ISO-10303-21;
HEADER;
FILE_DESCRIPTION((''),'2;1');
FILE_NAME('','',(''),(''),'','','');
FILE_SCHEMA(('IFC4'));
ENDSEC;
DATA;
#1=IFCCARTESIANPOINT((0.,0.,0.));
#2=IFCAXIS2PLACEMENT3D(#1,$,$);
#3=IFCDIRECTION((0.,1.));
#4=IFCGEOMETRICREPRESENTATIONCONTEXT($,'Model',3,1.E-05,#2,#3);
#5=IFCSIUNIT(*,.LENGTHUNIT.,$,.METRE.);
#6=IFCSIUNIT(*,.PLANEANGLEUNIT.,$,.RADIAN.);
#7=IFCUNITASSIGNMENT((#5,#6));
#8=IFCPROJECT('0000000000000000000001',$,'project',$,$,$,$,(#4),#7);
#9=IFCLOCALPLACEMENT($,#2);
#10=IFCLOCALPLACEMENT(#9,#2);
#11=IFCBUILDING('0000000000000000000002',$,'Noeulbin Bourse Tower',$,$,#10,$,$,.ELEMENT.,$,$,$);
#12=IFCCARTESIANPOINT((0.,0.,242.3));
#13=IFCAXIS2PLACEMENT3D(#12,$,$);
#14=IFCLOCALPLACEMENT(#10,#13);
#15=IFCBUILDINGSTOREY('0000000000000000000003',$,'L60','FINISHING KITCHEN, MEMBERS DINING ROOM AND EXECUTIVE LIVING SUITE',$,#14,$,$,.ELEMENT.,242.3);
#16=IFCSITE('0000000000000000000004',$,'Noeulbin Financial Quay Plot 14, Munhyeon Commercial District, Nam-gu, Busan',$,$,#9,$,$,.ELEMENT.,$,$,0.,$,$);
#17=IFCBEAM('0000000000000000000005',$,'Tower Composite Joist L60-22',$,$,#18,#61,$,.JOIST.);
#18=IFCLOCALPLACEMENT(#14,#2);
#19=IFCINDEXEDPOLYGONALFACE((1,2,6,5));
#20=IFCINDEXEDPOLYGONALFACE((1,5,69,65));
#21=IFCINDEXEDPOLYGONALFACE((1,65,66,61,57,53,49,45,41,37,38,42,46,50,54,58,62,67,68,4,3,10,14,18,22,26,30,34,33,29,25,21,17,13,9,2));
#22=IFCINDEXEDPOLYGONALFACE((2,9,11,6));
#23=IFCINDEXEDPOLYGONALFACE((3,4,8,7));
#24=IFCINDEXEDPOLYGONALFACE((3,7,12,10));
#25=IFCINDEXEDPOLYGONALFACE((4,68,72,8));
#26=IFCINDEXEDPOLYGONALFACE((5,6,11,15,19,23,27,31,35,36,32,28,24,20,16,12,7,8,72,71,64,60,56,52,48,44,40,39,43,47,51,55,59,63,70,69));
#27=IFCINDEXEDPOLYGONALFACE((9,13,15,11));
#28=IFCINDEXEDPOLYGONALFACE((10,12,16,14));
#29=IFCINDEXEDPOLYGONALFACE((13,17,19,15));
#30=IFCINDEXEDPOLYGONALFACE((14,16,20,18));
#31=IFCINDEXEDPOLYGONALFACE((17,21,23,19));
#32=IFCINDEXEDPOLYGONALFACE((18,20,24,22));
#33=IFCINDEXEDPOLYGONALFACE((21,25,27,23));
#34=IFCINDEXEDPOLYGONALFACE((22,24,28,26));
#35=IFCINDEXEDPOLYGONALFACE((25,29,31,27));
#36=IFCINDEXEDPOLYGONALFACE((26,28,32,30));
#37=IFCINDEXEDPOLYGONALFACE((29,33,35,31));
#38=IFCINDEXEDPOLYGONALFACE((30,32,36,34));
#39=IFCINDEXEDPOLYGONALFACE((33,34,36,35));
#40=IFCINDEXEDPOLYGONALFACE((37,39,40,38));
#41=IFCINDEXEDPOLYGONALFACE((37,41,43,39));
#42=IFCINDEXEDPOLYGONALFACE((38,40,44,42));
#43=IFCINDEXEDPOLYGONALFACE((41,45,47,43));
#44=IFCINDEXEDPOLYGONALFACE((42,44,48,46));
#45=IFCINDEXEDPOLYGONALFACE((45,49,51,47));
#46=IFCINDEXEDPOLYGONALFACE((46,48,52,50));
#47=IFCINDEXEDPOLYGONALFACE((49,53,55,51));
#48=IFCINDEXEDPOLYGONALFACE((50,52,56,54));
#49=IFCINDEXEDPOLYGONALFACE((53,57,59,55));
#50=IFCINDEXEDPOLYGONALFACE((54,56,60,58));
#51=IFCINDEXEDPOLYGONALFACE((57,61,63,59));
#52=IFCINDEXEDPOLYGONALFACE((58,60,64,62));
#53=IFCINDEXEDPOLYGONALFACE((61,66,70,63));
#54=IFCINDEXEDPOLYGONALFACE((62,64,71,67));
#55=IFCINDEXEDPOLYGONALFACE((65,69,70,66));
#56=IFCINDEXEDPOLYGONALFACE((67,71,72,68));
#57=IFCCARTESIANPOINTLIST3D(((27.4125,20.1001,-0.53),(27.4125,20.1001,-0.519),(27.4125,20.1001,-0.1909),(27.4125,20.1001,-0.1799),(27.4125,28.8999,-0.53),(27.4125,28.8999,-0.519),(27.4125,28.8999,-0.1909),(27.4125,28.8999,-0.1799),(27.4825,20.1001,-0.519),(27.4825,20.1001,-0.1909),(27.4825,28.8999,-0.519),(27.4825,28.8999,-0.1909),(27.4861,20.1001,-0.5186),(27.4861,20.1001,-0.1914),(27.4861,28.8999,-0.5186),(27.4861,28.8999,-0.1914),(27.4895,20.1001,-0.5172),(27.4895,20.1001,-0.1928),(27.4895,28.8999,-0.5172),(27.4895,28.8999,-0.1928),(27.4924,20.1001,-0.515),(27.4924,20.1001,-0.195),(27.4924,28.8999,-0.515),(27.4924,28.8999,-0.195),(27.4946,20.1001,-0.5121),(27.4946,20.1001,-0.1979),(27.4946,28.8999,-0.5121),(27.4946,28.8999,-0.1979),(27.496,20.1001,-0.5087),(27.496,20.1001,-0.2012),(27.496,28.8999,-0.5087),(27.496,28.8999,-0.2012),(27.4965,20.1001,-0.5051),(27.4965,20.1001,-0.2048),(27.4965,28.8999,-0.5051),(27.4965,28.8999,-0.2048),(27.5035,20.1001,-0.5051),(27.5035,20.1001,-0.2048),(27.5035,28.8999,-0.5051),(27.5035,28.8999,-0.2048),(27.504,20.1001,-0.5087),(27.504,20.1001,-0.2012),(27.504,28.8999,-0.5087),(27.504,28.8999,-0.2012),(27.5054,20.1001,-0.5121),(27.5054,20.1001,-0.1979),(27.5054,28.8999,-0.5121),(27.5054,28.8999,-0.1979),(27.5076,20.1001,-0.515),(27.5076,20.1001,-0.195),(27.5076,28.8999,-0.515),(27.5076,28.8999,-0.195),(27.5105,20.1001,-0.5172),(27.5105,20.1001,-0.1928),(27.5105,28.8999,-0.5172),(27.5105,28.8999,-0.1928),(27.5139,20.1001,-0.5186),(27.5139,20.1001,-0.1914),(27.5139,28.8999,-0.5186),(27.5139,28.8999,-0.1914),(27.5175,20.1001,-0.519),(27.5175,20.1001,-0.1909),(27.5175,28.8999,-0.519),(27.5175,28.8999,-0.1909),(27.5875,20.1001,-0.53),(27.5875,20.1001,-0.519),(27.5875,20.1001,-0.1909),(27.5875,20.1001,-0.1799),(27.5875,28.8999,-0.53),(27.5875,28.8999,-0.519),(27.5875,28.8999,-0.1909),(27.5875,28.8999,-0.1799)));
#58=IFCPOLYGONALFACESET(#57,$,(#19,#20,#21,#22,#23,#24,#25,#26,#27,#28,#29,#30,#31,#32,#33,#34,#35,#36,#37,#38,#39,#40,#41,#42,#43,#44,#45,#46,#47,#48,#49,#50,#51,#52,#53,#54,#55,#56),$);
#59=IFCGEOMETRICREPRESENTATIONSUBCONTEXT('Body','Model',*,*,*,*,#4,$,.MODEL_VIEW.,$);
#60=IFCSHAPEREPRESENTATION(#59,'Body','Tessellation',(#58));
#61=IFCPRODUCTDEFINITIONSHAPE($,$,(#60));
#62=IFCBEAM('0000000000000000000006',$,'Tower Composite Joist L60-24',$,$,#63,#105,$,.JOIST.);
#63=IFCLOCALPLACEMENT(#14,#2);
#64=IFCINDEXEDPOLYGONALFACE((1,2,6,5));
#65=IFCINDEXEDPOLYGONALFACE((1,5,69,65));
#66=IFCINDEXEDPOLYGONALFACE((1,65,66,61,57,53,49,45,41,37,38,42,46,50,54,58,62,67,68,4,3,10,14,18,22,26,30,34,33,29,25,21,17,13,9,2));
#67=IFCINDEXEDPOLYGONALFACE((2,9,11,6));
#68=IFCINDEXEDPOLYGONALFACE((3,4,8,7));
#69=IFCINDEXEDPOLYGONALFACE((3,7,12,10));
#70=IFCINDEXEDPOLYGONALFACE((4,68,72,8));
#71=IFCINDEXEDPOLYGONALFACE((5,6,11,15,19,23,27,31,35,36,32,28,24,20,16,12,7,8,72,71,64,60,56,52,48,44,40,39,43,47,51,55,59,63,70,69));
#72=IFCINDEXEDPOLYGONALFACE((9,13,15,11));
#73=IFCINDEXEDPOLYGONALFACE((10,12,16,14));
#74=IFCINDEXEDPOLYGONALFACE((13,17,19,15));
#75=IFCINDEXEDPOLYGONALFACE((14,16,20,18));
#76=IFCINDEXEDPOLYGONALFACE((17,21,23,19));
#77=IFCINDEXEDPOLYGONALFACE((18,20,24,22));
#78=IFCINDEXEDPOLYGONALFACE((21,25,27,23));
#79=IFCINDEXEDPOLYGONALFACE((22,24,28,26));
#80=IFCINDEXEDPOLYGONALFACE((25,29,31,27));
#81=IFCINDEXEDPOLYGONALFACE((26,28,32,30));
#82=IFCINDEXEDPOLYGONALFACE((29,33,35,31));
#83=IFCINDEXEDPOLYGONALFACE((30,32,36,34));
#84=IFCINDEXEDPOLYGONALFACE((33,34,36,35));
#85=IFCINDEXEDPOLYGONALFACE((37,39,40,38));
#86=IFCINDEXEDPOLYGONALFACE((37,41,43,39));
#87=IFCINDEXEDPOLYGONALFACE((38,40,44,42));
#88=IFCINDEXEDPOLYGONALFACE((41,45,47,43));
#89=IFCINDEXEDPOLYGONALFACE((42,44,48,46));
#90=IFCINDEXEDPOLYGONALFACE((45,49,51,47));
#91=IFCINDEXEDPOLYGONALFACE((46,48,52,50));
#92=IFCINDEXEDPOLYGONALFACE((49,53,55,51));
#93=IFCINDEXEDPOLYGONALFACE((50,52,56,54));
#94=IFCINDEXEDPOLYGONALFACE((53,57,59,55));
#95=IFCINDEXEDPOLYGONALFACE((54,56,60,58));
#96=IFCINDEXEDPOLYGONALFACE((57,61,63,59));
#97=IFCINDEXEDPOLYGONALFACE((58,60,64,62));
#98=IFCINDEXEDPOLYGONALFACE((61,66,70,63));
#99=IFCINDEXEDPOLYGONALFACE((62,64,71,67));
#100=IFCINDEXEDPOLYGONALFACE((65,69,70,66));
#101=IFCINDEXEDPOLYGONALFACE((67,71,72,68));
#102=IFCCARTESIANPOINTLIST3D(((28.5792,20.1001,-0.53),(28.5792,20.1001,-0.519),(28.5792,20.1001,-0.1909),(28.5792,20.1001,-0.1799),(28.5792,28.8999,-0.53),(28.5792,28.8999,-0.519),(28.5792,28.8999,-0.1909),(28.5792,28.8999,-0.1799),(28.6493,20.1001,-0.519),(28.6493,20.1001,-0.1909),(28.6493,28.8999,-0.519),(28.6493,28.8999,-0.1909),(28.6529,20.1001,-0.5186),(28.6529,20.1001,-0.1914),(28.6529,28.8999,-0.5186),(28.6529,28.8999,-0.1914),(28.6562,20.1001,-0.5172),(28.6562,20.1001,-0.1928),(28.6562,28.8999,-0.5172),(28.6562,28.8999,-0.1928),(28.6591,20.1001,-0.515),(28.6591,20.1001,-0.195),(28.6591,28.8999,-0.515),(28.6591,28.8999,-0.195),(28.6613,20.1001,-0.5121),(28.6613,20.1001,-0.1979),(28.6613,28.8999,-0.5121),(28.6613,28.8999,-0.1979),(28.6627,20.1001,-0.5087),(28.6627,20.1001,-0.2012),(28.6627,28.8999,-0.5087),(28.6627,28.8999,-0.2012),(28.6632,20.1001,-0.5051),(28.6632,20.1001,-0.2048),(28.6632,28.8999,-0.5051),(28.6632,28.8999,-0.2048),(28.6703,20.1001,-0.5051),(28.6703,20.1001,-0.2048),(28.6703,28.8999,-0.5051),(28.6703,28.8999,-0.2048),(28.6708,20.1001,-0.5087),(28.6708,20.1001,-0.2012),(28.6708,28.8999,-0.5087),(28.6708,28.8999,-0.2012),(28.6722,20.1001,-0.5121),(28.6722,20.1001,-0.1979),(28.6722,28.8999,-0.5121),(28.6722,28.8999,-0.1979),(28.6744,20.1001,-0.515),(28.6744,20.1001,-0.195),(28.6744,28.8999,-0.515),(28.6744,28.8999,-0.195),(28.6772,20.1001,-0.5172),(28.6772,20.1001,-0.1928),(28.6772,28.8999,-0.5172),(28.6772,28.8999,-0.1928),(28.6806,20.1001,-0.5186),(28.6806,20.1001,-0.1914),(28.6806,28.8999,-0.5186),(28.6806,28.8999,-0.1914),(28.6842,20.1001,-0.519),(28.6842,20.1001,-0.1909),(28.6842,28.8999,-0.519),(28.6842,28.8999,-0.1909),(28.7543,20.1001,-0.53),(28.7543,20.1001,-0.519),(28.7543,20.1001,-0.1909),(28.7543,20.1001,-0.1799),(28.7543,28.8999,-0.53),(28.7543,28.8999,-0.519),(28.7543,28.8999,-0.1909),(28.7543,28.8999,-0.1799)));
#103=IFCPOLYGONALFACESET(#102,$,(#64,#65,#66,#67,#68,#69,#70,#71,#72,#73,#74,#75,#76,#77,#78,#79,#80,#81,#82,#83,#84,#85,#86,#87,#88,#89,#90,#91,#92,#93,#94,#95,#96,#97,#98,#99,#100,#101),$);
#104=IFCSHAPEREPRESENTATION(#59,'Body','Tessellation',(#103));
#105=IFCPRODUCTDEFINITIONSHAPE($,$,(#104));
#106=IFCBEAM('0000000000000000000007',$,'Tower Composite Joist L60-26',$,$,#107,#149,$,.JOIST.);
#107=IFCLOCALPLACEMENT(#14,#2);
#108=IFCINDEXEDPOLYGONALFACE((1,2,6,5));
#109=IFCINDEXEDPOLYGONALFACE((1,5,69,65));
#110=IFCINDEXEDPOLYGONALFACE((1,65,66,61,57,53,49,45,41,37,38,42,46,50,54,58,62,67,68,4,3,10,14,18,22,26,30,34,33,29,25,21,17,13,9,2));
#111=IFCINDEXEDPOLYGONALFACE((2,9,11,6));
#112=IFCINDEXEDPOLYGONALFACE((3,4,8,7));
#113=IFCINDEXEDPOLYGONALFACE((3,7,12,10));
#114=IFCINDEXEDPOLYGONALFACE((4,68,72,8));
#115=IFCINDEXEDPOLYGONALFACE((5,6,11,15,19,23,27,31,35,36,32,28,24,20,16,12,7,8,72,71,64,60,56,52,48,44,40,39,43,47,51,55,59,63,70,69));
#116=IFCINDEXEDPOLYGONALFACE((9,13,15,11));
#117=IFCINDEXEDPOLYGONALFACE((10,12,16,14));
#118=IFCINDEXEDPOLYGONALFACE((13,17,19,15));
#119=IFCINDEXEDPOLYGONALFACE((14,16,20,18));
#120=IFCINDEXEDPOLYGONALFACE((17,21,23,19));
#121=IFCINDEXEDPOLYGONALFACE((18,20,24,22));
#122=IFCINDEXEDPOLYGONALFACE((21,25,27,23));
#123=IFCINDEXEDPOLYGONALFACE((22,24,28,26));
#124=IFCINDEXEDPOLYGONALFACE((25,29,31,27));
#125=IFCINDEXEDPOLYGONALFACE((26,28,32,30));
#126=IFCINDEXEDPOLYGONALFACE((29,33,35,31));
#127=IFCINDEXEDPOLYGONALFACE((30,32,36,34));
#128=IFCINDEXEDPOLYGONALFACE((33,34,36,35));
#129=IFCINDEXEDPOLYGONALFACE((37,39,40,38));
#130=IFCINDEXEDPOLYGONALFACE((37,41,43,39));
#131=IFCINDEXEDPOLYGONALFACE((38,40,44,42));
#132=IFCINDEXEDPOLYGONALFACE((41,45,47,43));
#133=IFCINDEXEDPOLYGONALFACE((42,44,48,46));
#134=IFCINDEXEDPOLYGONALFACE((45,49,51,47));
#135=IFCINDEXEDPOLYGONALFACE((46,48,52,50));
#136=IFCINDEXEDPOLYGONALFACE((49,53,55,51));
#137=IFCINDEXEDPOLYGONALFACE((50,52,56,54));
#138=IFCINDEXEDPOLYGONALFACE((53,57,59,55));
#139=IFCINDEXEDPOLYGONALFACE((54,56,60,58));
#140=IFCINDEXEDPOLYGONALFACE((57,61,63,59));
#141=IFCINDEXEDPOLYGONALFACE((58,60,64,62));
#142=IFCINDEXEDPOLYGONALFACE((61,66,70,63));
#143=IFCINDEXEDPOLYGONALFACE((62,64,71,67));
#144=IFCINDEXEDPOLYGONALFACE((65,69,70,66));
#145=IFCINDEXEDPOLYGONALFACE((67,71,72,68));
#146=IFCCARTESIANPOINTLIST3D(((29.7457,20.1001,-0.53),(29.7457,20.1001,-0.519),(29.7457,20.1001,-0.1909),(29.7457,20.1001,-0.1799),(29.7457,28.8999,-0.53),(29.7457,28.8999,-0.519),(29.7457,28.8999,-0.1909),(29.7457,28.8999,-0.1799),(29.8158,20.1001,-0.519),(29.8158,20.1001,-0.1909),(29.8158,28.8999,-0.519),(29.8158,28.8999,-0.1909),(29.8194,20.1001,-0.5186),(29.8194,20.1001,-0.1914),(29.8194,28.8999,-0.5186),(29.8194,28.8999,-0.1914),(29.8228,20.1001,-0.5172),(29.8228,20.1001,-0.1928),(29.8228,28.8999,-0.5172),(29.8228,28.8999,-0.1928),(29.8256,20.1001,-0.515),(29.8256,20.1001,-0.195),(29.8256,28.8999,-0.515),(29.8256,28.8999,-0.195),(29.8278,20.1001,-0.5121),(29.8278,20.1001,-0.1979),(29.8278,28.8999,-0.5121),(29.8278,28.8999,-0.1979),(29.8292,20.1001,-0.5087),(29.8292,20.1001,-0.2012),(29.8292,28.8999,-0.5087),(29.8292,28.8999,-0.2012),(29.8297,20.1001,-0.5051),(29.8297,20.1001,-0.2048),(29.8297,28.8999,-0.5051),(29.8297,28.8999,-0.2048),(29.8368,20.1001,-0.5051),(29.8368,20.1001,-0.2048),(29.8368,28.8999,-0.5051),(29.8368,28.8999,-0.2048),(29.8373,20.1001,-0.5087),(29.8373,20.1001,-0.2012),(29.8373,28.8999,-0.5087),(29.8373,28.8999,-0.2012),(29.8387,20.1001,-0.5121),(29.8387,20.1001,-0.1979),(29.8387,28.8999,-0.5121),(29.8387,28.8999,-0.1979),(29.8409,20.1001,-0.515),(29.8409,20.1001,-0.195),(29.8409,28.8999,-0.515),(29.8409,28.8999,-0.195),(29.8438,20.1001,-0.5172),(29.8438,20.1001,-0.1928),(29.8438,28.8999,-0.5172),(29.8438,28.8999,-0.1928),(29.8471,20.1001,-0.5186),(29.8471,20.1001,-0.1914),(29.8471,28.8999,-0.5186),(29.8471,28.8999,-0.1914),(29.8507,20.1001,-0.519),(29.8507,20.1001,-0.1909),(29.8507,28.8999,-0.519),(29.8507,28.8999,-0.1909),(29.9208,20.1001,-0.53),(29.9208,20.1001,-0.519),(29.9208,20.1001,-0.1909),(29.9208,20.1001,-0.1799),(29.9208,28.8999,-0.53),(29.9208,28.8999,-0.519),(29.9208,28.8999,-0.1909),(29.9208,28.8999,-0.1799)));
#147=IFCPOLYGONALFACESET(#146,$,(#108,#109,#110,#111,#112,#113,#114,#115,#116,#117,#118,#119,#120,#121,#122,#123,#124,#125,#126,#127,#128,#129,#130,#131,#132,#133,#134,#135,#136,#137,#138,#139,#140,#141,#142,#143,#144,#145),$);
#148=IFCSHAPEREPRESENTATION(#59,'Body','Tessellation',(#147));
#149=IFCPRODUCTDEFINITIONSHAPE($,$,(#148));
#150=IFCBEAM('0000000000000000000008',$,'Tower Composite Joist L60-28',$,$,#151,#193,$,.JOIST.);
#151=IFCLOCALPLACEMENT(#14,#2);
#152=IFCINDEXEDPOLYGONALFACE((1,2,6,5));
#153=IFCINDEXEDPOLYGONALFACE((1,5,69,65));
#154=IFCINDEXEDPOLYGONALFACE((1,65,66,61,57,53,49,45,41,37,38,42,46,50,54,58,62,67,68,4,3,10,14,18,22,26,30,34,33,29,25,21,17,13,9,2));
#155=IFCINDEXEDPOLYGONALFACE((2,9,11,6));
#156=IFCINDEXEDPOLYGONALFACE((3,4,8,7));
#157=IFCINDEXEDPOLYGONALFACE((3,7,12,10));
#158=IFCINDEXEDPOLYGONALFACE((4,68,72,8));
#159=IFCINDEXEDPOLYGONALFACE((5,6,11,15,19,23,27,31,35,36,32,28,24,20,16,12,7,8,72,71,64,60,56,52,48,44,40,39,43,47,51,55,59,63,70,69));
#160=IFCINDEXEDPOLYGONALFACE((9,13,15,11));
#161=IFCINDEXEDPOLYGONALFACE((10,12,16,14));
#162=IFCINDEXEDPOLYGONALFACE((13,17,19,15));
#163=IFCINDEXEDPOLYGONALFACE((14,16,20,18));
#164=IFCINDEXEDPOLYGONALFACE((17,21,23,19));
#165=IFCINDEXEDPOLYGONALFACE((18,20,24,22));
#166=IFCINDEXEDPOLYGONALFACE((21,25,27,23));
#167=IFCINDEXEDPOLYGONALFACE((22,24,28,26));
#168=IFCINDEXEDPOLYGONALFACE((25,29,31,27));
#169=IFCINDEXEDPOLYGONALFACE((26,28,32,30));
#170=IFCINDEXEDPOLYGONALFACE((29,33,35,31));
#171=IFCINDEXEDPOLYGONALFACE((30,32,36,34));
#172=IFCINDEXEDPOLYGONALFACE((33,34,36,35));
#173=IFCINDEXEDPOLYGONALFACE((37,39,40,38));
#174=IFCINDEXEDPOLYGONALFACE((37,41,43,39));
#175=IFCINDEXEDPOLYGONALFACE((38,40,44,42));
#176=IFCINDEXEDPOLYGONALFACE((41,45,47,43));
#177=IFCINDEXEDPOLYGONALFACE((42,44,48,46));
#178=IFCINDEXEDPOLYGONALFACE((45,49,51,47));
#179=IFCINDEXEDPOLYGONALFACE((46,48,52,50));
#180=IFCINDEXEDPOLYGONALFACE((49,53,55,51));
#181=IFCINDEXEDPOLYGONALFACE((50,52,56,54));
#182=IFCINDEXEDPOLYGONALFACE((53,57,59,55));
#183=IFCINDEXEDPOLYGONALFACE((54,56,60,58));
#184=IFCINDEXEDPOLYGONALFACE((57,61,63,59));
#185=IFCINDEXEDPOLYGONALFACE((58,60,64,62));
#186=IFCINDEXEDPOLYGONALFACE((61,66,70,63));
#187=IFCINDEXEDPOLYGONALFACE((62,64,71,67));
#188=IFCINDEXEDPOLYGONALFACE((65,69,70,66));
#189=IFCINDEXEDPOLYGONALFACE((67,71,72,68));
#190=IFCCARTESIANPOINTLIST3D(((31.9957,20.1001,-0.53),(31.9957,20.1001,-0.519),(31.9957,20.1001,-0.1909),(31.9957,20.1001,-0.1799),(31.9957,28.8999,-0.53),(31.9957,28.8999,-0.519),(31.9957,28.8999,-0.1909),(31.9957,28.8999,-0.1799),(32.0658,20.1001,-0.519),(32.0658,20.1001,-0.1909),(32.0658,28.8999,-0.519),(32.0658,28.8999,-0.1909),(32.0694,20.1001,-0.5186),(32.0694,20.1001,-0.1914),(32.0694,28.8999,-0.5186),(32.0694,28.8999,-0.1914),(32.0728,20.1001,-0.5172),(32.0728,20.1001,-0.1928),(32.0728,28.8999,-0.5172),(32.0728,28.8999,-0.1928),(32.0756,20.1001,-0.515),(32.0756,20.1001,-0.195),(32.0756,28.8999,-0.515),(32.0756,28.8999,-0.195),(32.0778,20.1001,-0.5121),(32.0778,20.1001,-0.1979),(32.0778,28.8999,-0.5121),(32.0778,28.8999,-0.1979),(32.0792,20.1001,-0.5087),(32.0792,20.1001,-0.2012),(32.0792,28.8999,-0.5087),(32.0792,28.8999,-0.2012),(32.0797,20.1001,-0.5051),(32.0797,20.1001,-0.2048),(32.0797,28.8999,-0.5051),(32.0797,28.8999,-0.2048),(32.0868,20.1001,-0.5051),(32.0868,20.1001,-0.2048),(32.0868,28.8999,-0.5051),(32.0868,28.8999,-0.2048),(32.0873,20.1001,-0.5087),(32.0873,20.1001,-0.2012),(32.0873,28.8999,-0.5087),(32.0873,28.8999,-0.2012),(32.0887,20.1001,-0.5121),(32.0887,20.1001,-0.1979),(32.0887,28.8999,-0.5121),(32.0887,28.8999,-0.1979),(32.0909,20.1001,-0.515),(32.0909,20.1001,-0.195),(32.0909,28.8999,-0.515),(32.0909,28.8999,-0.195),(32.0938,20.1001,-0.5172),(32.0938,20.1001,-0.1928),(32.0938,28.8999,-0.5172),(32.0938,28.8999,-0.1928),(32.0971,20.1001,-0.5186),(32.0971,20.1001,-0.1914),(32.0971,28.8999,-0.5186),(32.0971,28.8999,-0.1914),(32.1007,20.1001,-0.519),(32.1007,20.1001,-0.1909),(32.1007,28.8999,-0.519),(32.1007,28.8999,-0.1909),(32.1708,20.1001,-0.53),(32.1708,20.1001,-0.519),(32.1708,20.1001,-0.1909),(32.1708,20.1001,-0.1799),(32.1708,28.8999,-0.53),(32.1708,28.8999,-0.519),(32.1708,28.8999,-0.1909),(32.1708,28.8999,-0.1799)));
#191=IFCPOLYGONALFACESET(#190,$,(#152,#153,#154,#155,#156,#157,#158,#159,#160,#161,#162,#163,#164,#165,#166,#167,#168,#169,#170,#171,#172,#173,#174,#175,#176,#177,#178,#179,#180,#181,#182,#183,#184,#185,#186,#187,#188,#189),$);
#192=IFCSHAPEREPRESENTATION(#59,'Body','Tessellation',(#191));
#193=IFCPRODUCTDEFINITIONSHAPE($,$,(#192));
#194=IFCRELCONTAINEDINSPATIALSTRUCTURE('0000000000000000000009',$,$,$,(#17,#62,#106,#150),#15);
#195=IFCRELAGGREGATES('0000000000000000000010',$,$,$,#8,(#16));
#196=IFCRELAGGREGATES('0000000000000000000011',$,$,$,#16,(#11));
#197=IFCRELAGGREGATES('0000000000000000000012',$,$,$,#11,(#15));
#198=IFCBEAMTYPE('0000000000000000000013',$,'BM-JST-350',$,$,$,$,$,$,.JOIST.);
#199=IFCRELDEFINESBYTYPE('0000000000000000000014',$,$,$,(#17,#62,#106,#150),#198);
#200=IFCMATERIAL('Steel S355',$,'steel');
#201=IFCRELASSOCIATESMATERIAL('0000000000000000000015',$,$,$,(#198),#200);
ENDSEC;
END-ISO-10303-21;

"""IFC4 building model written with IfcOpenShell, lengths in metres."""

from ifc_helpers import new_model, si_unit, direction, frame, origin, origin_2d, place, context, subcontext, project, spatial, i_section, extrude, material, material_profile, profile_set, type_object, element, save


model = new_model("IFC4")

# Units and contexts
model_context = context("Model", 3, precision=1e-05, world=origin(), true_north=direction((0.0, 1.0)))
body_context = subcontext(model_context, "Body", "Model", "MODEL_VIEW")
ifc_project = project(units=[si_unit("LENGTHUNIT", "METRE"), si_unit("PLANEANGLEUNIT", "RADIAN")], contexts=[model_context])

# Site, building, storey
site_placement = place(None, origin())
site = spatial("IfcSite", under=ifc_project, at=site_placement, Name="Noeulbin Financial Quay Plot 14, Munhyeon Commercial District, Nam-gu, Busan", CompositionType="ELEMENT", RefElevation=0.0)
building_placement = place(site_placement, origin())
building = spatial("IfcBuilding", under=site, at=building_placement, Name="Noeulbin Bourse Tower", CompositionType="ELEMENT")
storey_placement = place(building_placement, frame((0.0, 0.0, 242.3)))
storey = spatial("IfcBuildingStorey", under=building, at=storey_placement, Name="L60", Description="FINISHING KITCHEN, MEMBERS DINING ROOM AND EXECUTIVE LIVING SUITE", CompositionType="ELEMENT", Elevation=242.3)

# Shared definitions
ifc_material_1 = material(Name="Steel S355", Category="steel")

# Beams
ifc_material_profile_1 = material_profile(ifc_material_1, i_section(OverallWidth=0.175, OverallDepth=0.3501, WebThickness=0.0071, FlangeThickness=0.011, FilletRadius=0.0139, at=origin_2d()), Name="H-350x175x7x11", Category="LoadBearing")
ifc_profile_set_1 = profile_set([ifc_material_profile_1], Name="Steel S355")
beam_type = type_object("IfcBeamType", Name="BM-JST-350", PredefinedType="JOIST", material=ifc_profile_set_1)
for number, where, z_axis, x_axis, name in (
    (1, (27.5, 20.1001, -0.355), (0.0, 1.0, 0.0), (-1.0, 0.0, 0.0), "Tower Composite Joist L60-22"),
    (2, (28.6667, 20.1001, -0.355), (0.0, 1.0, 0.0), (-1.0, 0.0, 0.0), "Tower Composite Joist L60-24"),
    (3, (29.8333, 20.1001, -0.355), (0.0, 1.0, 0.0), (-1.0, 0.0, 0.0), "Tower Composite Joist L60-26"),
    (4, (32.0833, 20.1001, -0.355), (0.0, 1.0, 0.0), (-1.0, 0.0, 0.0), "Tower Composite Joist L60-28"),
):
    element("IfcBeam", number, at=place(storey_placement, frame(where, z_axis=z_axis, x_axis=x_axis)), inside=storey, type_object=beam_type, Name=name, PredefinedType="JOIST", context=body_context, shape_type="SweptSolid", body=[
        extrude(i_section(OverallWidth=0.175, OverallDepth=0.3501, WebThickness=0.0071, FlangeThickness=0.011, FilletRadius=0.0139, at=origin_2d()), origin(), (0.0, 0.0, 1.0), 8.7998),
    ])

save(model, "model.ifc")
